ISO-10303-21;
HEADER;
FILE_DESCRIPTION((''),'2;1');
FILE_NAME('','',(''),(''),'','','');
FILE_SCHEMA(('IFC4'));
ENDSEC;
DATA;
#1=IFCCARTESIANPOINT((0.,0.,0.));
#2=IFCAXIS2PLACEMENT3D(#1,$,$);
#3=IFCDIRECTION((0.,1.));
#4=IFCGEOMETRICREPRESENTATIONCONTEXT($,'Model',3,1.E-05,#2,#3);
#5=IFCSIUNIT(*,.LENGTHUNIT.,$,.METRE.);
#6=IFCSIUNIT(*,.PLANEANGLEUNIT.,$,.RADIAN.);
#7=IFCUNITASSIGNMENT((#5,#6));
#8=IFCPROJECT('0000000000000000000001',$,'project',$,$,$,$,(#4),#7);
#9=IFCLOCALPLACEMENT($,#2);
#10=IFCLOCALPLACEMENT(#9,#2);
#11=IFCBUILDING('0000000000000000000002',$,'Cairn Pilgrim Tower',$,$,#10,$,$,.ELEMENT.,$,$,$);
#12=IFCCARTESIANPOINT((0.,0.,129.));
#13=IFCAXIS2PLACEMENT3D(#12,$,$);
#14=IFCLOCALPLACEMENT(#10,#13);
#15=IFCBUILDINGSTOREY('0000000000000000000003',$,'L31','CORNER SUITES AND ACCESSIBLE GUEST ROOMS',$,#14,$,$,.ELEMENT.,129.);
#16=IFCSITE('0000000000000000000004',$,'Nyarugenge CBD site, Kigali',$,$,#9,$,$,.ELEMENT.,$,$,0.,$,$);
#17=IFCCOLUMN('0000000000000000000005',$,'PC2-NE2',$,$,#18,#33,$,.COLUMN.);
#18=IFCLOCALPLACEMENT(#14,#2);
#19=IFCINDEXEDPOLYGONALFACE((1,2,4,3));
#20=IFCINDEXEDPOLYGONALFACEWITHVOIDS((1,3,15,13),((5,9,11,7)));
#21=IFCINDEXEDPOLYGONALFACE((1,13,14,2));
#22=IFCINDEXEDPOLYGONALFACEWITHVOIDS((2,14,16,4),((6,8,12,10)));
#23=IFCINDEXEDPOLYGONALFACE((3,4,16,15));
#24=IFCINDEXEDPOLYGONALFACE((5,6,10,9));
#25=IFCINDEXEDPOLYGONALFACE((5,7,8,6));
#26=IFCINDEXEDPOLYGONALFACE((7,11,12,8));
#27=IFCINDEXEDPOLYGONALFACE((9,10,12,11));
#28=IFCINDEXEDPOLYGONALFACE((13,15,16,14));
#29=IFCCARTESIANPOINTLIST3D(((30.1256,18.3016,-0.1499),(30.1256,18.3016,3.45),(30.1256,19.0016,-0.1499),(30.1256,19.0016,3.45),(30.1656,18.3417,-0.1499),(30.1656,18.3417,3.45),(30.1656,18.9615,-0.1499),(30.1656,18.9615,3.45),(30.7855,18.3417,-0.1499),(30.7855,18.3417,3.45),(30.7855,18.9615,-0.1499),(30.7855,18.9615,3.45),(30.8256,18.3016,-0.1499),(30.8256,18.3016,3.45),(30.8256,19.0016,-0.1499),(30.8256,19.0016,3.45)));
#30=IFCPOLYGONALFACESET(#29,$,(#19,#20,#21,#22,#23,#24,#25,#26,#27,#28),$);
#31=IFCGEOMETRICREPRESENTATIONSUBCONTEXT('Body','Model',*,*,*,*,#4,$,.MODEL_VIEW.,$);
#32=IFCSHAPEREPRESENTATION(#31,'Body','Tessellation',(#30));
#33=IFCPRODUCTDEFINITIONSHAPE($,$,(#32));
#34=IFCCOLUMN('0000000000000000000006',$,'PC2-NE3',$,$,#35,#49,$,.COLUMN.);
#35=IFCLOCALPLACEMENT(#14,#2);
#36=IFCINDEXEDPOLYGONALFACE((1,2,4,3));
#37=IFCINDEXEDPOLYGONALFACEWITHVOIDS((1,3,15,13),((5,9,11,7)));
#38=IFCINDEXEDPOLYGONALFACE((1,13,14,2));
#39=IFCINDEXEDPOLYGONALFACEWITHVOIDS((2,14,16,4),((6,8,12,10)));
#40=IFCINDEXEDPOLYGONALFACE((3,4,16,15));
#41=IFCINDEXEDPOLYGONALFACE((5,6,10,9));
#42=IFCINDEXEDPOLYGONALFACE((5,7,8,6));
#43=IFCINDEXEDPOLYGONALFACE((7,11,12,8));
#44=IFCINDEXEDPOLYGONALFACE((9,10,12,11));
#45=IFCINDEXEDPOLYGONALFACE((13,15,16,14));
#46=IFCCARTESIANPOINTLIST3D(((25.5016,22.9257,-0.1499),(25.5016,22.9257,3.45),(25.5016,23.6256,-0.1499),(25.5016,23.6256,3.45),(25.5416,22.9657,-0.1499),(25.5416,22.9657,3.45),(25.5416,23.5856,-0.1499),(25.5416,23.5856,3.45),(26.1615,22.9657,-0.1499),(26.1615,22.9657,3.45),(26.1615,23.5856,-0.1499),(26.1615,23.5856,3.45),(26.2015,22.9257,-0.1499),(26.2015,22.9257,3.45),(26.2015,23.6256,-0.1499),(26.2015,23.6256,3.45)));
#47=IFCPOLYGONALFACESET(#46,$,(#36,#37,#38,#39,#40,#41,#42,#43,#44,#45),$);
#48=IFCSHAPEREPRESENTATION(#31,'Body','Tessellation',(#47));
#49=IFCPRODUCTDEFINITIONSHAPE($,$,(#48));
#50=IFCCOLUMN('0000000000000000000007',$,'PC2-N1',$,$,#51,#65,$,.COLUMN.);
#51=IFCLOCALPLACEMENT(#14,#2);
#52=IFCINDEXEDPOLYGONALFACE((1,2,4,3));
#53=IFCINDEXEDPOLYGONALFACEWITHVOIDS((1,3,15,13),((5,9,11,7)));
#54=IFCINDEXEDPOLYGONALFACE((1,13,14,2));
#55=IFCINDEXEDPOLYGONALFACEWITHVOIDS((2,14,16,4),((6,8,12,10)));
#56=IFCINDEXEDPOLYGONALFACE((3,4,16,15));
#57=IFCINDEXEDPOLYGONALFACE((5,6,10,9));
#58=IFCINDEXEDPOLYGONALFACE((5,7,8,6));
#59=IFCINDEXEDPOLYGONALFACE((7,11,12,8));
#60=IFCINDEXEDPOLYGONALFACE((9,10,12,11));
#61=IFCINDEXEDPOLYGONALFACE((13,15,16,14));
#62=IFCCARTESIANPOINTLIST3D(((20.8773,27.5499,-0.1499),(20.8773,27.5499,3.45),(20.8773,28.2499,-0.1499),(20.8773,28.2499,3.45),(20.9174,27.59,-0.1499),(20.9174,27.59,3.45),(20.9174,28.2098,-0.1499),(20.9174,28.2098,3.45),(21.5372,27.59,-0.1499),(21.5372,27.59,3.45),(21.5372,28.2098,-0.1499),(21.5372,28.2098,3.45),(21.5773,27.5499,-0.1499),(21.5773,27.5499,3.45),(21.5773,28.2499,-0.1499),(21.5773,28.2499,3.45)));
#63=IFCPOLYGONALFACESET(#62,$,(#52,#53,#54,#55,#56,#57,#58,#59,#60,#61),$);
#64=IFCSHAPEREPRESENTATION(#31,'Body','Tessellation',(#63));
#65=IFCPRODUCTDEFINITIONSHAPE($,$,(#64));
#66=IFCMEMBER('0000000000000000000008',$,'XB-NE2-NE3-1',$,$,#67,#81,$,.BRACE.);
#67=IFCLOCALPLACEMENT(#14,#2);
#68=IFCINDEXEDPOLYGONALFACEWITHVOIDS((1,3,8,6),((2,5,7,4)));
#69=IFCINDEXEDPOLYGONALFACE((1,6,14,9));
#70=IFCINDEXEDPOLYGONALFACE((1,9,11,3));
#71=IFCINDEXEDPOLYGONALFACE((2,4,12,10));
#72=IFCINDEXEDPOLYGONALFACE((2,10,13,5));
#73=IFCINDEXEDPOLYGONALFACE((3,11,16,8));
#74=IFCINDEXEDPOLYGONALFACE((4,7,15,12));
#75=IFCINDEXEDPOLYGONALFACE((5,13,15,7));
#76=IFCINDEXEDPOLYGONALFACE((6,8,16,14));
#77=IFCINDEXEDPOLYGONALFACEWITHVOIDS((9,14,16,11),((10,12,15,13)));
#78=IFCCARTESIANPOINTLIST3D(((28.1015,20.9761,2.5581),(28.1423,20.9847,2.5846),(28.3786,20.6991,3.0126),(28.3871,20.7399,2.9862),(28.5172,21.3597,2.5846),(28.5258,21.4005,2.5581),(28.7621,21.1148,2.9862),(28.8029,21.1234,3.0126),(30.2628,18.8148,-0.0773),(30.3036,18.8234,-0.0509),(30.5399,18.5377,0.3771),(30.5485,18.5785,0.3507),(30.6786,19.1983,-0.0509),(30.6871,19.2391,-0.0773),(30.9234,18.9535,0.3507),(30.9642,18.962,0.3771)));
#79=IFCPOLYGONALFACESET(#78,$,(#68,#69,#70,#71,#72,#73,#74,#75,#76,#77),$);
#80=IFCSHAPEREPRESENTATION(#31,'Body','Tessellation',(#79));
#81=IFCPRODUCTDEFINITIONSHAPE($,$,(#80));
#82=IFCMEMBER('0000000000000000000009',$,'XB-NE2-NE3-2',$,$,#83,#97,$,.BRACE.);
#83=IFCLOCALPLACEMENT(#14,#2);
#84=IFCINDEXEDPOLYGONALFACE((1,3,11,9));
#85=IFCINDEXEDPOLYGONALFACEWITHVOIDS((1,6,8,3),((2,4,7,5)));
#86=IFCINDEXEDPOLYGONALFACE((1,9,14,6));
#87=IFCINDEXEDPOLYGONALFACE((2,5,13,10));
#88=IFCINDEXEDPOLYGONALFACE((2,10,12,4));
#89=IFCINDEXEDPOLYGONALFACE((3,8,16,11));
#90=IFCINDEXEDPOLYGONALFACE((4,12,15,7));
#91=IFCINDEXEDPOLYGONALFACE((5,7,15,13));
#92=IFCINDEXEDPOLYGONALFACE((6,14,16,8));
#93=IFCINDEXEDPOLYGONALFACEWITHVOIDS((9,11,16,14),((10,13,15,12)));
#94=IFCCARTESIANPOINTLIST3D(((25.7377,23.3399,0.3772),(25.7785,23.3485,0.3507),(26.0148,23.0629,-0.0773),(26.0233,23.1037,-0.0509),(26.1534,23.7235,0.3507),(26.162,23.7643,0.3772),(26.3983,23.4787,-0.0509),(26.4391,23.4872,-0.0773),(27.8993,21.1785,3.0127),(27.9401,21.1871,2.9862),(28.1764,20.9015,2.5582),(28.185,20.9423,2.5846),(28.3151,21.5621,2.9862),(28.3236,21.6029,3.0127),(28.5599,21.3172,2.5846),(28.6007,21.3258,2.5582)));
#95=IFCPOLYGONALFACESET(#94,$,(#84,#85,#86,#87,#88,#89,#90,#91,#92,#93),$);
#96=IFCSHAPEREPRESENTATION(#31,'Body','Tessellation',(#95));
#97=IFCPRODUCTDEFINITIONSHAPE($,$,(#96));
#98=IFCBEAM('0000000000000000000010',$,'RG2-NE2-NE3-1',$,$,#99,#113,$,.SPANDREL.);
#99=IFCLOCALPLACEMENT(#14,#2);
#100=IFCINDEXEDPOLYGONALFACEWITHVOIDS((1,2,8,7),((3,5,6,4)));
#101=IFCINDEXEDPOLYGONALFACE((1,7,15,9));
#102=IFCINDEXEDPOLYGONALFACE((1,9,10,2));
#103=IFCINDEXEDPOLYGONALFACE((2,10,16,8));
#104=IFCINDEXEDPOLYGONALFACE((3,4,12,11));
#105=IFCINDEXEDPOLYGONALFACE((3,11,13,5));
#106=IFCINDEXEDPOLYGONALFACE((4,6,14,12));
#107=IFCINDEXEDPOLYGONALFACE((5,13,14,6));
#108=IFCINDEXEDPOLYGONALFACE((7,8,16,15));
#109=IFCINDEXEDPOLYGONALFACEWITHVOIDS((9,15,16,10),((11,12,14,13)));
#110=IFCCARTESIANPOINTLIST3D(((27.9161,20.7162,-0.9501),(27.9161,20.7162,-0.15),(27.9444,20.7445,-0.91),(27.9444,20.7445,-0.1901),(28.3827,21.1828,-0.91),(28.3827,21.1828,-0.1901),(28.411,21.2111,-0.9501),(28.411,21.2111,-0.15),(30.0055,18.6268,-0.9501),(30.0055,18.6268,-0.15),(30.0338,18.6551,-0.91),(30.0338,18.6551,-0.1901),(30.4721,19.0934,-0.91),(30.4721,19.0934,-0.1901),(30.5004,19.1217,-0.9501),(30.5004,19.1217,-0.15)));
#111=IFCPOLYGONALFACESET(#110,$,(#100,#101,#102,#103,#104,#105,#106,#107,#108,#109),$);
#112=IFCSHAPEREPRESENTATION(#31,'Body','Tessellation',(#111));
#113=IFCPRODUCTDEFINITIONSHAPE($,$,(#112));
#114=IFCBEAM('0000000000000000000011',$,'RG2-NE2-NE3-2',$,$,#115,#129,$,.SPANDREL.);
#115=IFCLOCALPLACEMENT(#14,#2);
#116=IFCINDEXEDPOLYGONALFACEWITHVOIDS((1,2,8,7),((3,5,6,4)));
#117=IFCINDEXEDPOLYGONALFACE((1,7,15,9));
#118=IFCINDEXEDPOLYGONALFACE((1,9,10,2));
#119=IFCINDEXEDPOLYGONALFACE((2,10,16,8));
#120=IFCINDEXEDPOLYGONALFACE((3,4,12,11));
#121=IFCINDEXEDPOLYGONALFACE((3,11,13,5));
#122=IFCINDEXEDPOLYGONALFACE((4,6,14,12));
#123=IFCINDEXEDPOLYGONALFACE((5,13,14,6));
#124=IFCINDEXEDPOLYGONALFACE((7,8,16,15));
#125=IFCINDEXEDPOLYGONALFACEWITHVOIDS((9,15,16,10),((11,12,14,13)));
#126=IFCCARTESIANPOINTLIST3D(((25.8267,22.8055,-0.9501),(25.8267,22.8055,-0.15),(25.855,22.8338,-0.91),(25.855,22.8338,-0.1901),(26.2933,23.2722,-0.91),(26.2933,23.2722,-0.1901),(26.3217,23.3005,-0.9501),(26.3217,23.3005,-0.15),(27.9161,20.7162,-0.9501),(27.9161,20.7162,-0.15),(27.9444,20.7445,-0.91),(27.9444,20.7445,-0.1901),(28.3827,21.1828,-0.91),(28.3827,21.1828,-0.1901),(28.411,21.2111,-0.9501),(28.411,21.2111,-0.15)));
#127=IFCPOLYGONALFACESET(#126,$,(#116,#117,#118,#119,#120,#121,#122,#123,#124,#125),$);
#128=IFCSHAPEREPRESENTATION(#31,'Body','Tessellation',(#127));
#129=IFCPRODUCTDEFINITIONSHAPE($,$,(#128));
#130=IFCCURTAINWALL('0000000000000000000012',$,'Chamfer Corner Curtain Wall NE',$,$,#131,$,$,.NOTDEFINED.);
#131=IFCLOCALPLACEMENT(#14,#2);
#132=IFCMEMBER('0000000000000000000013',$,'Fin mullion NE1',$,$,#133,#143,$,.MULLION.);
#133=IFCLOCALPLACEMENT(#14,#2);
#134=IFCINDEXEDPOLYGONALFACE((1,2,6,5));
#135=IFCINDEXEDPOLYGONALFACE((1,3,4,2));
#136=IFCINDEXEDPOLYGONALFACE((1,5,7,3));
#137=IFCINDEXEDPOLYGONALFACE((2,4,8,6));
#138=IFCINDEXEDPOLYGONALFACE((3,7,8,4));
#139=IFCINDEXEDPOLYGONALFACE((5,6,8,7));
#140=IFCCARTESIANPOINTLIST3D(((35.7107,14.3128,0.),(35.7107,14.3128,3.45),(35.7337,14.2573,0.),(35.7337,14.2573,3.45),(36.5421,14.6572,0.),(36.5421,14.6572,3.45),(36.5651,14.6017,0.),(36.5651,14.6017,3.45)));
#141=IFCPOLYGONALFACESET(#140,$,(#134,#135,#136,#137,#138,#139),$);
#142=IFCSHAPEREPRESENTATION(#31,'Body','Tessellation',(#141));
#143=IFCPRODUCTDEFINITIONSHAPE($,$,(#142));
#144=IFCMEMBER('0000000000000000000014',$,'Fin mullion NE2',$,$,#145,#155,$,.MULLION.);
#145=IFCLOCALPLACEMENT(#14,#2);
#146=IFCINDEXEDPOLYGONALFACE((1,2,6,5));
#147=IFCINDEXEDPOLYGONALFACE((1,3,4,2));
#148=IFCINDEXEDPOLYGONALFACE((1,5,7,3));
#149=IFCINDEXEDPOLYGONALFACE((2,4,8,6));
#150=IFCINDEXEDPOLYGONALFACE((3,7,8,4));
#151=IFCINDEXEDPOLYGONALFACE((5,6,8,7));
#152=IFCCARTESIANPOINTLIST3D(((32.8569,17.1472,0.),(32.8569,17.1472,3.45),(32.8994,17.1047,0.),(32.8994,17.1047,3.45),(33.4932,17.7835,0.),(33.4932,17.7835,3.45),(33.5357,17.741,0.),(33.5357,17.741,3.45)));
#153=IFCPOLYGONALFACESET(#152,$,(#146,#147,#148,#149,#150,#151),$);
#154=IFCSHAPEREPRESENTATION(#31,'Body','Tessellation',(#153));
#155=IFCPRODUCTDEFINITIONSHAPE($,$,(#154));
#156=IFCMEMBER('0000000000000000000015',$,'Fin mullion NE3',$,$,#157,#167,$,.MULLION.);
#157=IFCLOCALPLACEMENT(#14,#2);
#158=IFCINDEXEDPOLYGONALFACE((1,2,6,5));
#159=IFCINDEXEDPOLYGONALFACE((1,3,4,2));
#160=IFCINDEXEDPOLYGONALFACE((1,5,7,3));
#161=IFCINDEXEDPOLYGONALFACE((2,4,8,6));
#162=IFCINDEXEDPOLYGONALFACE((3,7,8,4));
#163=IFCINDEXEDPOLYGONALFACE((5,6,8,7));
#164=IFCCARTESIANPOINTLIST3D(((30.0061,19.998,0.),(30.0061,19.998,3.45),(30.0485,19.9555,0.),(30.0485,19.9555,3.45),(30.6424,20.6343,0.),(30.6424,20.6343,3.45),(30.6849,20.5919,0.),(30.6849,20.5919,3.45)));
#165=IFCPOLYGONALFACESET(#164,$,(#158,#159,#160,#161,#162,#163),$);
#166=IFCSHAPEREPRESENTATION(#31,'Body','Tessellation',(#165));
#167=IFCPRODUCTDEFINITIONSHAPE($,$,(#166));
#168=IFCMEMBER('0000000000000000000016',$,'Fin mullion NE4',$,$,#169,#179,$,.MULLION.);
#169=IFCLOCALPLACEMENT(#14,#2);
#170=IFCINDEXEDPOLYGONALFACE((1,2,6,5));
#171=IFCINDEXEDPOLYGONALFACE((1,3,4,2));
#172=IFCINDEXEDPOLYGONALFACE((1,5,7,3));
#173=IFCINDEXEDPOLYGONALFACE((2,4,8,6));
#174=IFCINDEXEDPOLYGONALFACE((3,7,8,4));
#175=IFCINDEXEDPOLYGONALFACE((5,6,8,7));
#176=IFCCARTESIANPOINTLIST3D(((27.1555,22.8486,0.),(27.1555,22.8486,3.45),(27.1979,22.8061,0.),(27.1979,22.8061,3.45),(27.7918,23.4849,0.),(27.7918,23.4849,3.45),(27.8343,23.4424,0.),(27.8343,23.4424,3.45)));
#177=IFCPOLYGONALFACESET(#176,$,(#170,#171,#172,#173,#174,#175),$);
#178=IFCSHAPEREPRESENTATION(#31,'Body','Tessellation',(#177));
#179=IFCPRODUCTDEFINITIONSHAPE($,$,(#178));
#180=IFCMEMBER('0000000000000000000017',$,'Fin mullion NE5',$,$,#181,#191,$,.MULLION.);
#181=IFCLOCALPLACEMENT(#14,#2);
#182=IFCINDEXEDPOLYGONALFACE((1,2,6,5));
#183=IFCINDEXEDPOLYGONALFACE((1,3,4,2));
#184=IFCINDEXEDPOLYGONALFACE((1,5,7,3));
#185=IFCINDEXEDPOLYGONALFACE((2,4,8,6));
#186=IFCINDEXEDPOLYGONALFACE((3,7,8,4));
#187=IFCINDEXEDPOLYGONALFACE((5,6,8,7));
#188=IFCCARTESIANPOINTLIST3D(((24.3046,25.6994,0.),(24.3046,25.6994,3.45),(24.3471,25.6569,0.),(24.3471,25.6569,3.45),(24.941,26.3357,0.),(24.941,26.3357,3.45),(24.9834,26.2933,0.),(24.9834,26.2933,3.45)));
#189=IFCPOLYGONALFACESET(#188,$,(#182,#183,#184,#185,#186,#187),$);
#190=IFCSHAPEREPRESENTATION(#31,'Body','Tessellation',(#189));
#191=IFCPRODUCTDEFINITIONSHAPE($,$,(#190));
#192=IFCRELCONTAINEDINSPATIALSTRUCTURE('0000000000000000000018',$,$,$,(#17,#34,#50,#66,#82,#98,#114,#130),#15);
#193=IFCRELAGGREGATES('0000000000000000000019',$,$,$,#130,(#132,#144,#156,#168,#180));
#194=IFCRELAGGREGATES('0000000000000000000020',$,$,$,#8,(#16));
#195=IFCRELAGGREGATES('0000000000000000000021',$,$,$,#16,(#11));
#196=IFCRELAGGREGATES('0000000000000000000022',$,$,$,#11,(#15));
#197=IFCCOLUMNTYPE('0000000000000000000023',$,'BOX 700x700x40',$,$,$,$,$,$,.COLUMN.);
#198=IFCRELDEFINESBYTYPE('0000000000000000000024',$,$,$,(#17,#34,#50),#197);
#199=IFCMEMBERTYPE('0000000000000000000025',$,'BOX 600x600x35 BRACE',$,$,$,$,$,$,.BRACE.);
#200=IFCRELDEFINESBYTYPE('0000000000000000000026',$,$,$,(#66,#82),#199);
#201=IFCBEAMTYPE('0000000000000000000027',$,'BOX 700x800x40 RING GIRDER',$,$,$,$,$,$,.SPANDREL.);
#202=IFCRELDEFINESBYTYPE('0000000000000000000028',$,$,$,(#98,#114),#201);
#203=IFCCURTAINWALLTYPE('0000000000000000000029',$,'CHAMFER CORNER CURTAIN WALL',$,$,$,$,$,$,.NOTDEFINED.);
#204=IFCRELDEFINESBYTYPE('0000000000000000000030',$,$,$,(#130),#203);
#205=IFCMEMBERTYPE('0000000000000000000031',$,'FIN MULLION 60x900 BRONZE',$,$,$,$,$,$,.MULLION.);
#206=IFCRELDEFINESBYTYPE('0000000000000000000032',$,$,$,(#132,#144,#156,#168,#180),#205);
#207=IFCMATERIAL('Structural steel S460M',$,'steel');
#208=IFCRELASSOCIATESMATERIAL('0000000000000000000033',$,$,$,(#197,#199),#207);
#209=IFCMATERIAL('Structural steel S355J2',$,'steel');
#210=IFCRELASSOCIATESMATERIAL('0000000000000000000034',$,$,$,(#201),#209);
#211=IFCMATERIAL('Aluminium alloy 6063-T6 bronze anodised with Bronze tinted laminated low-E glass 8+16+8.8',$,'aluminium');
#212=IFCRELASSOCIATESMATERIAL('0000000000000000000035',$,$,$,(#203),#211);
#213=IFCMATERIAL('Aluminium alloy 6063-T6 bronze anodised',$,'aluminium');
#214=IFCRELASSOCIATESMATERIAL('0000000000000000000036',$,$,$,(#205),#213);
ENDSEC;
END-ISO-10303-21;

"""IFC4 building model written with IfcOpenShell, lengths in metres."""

from ifc_helpers import new_model, si_unit, direction, frame, origin, origin_2d, place, context, subcontext, project, spatial, rectangle, hollow_rectangle, extrude, material, material_profile, profile_set, type_object, element, aggregate, save


model = new_model("IFC4")

# Units and contexts
model_context = context("Model", 3, precision=1e-05, world=origin(), true_north=direction((0.0, 1.0)))
body_context = subcontext(model_context, "Body", "Model", "MODEL_VIEW")
ifc_project = project(units=[si_unit("LENGTHUNIT", "METRE"), si_unit("PLANEANGLEUNIT", "RADIAN")], contexts=[model_context])

# Site, building, storey
site_placement = place(None, origin())
site = spatial("IfcSite", under=ifc_project, at=site_placement, Name="Nyarugenge CBD site, Kigali", CompositionType="ELEMENT", RefElevation=0.0)
building_placement = place(site_placement, origin())
building = spatial("IfcBuilding", under=site, at=building_placement, Name="Cairn Pilgrim Tower", CompositionType="ELEMENT")
storey_placement = place(building_placement, frame((0.0, 0.0, 129.0)))
storey = spatial("IfcBuildingStorey", under=building, at=storey_placement, Name="L31", Description="CORNER SUITES AND ACCESSIBLE GUEST ROOMS", CompositionType="ELEMENT", Elevation=129.0)

# Columns
ifc_material_1 = material(Name="Structural steel S460M", Category="steel")
ifc_material_profile_1 = material_profile(ifc_material_1, hollow_rectangle(XDim=0.7, YDim=0.7, WallThickness=0.04, at=origin_2d()), Name="BOX 700x700x40")
ifc_profile_set_1 = profile_set([ifc_material_profile_1], Name="Structural steel S460M")
column_type = type_object("IfcColumnType", Name="BOX 700x700x40", PredefinedType="COLUMN", material=ifc_profile_set_1)
for number, where, z_axis, x_axis, name in (
    (1, (30.4756, 18.6516, -0.1499), (0.0, 0.0, 1.0), (1.0, 0.0, 0.0), "PC2-NE2"),
    (2, (25.8516, 23.2756, -0.1499), (0.0, 0.0, 1.0), (1.0, 0.0, 0.0), "PC2-NE3"),
    (3, (21.2273, 27.8999, -0.1499), (0.0, 0.0, 1.0), (1.0, 0.0, 0.0), "PC2-N1"),
):
    element("IfcColumn", number, at=place(storey_placement, frame(where, z_axis=z_axis, x_axis=x_axis)), inside=storey, type_object=column_type, Name=name, PredefinedType="COLUMN", context=body_context, shape_type="SweptSolid", body=[
        extrude(hollow_rectangle(XDim=0.7, YDim=0.7, WallThickness=0.04, at=origin_2d()), origin(), (0.0, 0.0, 1.0), 3.5999),
    ])

# Members
ifc_material_profile_2 = material_profile(ifc_material_1, hollow_rectangle(XDim=0.6001, YDim=0.6001, WallThickness=0.0349, at=origin_2d()), Name="BOX 600x600x35")
ifc_profile_set_2 = profile_set([ifc_material_profile_2], Name="Structural steel S460M")
member_type_1 = type_object("IfcMemberType", Name="BOX 600x600x35 BRACE", PredefinedType="BRACE", material=ifc_profile_set_2)
member_1_placement = place(storey_placement, frame((30.6135, 18.8884, 0.1499), z_axis=(-0.53553, 0.53553, 0.653004), x_axis=(-0.707107, -0.707107, 0.0)))
element("IfcMember", 4, at=member_1_placement, inside=storey, type_object=member_type_1, Name="XB-NE2-NE3-1", PredefinedType="BRACE", context=body_context, shape_type="SweptSolid", body=[
    extrude(hollow_rectangle(XDim=0.6001, YDim=0.6001, WallThickness=0.0349, at=origin_2d()), origin(), (0.0, 0.0, 1.0), 4.0359),
])
member_2_placement = place(storey_placement, frame((26.0884, 23.4136, 0.1499), z_axis=(0.535573, -0.535513, 0.652983), x_axis=(0.707067, 0.707147, 0.0)))
element("IfcMember", 5, at=member_2_placement, inside=storey, type_object=member_type_1, Name="XB-NE2-NE3-2", PredefinedType="BRACE", context=body_context, shape_type="SweptSolid", body=[
    extrude(hollow_rectangle(XDim=0.6001, YDim=0.6001, WallThickness=0.0349, at=origin_2d()), origin(), (0.0, 0.0, 1.0), 4.0361),
])

# Beams
ifc_material_2 = material(Name="Structural steel S355J2", Category="steel")
ifc_material_profile_3 = material_profile(ifc_material_2, hollow_rectangle(XDim=0.7, YDim=0.8, WallThickness=0.04, at=origin_2d()), Name="BOX 700x800x40")
ifc_profile_set_3 = profile_set([ifc_material_profile_3], Name="Structural steel S355J2")
beam_type_1 = type_object("IfcBeamType", Name="BOX 700x800x40 RING GIRDER", PredefinedType="SPANDREL", material=ifc_profile_set_3)
for number, where, z_axis, x_axis, name in (
    (6, (30.2529, 18.8743, -0.55), (-0.707107, 0.707107, 0.0), (-0.707107, -0.707107, 0.0), "RG2-NE2-NE3-1"),
    (7, (28.1636, 20.9636, -0.55), (-0.707107, 0.707107, 0.0), (-0.707107, -0.707107, 0.0), "RG2-NE2-NE3-2"),
):
    element("IfcBeam", number, at=place(storey_placement, frame(where, z_axis=z_axis, x_axis=x_axis)), inside=storey, type_object=beam_type_1, Name=name, PredefinedType="SPANDREL", context=body_context, shape_type="SweptSolid", body=[
        extrude(hollow_rectangle(XDim=0.7, YDim=0.8, WallThickness=0.04, at=origin_2d()), origin(), (0.0, 0.0, 1.0), 2.9548),
    ])

# Curtain wall, members
ifc_material_3 = material(Name="Aluminium alloy 6063-T6 bronze anodised with Bronze tinted laminated low-E glass 8+16+8.8", Category="aluminium")
curtain_wall_type_1 = type_object("IfcCurtainWallType", Name="CHAMFER CORNER CURTAIN WALL", PredefinedType="NOTDEFINED", material=ifc_material_3)
curtain_wall_1_placement = place(storey_placement, origin())
curtain_wall_1 = element("IfcCurtainWall", 8, at=curtain_wall_1_placement, inside=storey, type_object=curtain_wall_type_1, Name="Chamfer Corner Curtain Wall NE", PredefinedType="NOTDEFINED")
ifc_material_4 = material(Name="Aluminium alloy 6063-T6 bronze anodised", Category="aluminium")
ifc_material_profile_4 = material_profile(ifc_material_4, rectangle(XDim=0.8999, YDim=0.0601, at=origin_2d()), Name="FIN MULLION 60x900 BRONZE")
ifc_profile_set_4 = profile_set([ifc_material_profile_4], Name="Aluminium alloy 6063-T6 bronze anodised")
member_type_2 = type_object("IfcMemberType", Name="FIN MULLION 60x900 BRONZE", PredefinedType="MULLION", material=ifc_profile_set_4)
member_3_placement = place(storey_placement, frame((36.1379, 14.4573, 0.0), z_axis=(0.0, 0.0, 1.0), x_axis=(0.92388, 0.382683, 0.0)))
member_3 = element("IfcMember", 9, at=member_3_placement, type_object=member_type_2, Name="Fin mullion NE1", PredefinedType="MULLION", context=body_context, shape_type="SweptSolid", body=[
    extrude(rectangle(XDim=0.8999, YDim=0.0601, at=origin_2d()), origin(), (0.0, 0.0, 1.0), 3.45),
])
member_4_placement = place(storey_placement, frame((33.1963, 17.4441, 0.0), z_axis=(0.0, 0.0, 1.0), x_axis=(0.707107, 0.707107, 0.0)))
member_4 = element("IfcMember", 10, at=member_4_placement, type_object=member_type_2, Name="Fin mullion NE2", PredefinedType="MULLION", context=body_context, shape_type="SweptSolid", body=[
    extrude(rectangle(XDim=0.8999, YDim=0.0601, at=origin_2d()), origin(), (0.0, 0.0, 1.0), 3.45),
])
member_5_placement = place(storey_placement, frame((30.3455, 20.2949, 0.0), z_axis=(0.0, 0.0, 1.0), x_axis=(0.707107, 0.707107, 0.0)))
member_5 = element("IfcMember", 11, at=member_5_placement, type_object=member_type_2, Name="Fin mullion NE3", PredefinedType="MULLION", context=body_context, shape_type="SweptSolid", body=[
    extrude(rectangle(XDim=0.8999, YDim=0.0601, at=origin_2d()), origin(), (0.0, 0.0, 1.0), 3.45),
])
member_6_placement = place(storey_placement, frame((27.4949, 23.1455, 0.0), z_axis=(0.0, 0.0, 1.0), x_axis=(0.707107, 0.707107, 0.0)))
member_6 = element("IfcMember", 12, at=member_6_placement, type_object=member_type_2, Name="Fin mullion NE4", PredefinedType="MULLION", context=body_context, shape_type="SweptSolid", body=[
    extrude(rectangle(XDim=0.8999, YDim=0.0601, at=origin_2d()), origin(), (0.0, 0.0, 1.0), 3.45),
])
member_7_placement = place(storey_placement, frame((24.644, 25.9963, 0.0), z_axis=(0.0, 0.0, 1.0), x_axis=(0.707107, 0.707107, 0.0)))
member_7 = element("IfcMember", 13, at=member_7_placement, type_object=member_type_2, Name="Fin mullion NE5", PredefinedType="MULLION", context=body_context, shape_type="SweptSolid", body=[
    extrude(rectangle(XDim=0.8999, YDim=0.0601, at=origin_2d()), origin(), (0.0, 0.0, 1.0), 3.45),
])

aggregate(curtain_wall_1, [member_3, member_4, member_5, member_6, member_7])

save(model, "model.ifc")
